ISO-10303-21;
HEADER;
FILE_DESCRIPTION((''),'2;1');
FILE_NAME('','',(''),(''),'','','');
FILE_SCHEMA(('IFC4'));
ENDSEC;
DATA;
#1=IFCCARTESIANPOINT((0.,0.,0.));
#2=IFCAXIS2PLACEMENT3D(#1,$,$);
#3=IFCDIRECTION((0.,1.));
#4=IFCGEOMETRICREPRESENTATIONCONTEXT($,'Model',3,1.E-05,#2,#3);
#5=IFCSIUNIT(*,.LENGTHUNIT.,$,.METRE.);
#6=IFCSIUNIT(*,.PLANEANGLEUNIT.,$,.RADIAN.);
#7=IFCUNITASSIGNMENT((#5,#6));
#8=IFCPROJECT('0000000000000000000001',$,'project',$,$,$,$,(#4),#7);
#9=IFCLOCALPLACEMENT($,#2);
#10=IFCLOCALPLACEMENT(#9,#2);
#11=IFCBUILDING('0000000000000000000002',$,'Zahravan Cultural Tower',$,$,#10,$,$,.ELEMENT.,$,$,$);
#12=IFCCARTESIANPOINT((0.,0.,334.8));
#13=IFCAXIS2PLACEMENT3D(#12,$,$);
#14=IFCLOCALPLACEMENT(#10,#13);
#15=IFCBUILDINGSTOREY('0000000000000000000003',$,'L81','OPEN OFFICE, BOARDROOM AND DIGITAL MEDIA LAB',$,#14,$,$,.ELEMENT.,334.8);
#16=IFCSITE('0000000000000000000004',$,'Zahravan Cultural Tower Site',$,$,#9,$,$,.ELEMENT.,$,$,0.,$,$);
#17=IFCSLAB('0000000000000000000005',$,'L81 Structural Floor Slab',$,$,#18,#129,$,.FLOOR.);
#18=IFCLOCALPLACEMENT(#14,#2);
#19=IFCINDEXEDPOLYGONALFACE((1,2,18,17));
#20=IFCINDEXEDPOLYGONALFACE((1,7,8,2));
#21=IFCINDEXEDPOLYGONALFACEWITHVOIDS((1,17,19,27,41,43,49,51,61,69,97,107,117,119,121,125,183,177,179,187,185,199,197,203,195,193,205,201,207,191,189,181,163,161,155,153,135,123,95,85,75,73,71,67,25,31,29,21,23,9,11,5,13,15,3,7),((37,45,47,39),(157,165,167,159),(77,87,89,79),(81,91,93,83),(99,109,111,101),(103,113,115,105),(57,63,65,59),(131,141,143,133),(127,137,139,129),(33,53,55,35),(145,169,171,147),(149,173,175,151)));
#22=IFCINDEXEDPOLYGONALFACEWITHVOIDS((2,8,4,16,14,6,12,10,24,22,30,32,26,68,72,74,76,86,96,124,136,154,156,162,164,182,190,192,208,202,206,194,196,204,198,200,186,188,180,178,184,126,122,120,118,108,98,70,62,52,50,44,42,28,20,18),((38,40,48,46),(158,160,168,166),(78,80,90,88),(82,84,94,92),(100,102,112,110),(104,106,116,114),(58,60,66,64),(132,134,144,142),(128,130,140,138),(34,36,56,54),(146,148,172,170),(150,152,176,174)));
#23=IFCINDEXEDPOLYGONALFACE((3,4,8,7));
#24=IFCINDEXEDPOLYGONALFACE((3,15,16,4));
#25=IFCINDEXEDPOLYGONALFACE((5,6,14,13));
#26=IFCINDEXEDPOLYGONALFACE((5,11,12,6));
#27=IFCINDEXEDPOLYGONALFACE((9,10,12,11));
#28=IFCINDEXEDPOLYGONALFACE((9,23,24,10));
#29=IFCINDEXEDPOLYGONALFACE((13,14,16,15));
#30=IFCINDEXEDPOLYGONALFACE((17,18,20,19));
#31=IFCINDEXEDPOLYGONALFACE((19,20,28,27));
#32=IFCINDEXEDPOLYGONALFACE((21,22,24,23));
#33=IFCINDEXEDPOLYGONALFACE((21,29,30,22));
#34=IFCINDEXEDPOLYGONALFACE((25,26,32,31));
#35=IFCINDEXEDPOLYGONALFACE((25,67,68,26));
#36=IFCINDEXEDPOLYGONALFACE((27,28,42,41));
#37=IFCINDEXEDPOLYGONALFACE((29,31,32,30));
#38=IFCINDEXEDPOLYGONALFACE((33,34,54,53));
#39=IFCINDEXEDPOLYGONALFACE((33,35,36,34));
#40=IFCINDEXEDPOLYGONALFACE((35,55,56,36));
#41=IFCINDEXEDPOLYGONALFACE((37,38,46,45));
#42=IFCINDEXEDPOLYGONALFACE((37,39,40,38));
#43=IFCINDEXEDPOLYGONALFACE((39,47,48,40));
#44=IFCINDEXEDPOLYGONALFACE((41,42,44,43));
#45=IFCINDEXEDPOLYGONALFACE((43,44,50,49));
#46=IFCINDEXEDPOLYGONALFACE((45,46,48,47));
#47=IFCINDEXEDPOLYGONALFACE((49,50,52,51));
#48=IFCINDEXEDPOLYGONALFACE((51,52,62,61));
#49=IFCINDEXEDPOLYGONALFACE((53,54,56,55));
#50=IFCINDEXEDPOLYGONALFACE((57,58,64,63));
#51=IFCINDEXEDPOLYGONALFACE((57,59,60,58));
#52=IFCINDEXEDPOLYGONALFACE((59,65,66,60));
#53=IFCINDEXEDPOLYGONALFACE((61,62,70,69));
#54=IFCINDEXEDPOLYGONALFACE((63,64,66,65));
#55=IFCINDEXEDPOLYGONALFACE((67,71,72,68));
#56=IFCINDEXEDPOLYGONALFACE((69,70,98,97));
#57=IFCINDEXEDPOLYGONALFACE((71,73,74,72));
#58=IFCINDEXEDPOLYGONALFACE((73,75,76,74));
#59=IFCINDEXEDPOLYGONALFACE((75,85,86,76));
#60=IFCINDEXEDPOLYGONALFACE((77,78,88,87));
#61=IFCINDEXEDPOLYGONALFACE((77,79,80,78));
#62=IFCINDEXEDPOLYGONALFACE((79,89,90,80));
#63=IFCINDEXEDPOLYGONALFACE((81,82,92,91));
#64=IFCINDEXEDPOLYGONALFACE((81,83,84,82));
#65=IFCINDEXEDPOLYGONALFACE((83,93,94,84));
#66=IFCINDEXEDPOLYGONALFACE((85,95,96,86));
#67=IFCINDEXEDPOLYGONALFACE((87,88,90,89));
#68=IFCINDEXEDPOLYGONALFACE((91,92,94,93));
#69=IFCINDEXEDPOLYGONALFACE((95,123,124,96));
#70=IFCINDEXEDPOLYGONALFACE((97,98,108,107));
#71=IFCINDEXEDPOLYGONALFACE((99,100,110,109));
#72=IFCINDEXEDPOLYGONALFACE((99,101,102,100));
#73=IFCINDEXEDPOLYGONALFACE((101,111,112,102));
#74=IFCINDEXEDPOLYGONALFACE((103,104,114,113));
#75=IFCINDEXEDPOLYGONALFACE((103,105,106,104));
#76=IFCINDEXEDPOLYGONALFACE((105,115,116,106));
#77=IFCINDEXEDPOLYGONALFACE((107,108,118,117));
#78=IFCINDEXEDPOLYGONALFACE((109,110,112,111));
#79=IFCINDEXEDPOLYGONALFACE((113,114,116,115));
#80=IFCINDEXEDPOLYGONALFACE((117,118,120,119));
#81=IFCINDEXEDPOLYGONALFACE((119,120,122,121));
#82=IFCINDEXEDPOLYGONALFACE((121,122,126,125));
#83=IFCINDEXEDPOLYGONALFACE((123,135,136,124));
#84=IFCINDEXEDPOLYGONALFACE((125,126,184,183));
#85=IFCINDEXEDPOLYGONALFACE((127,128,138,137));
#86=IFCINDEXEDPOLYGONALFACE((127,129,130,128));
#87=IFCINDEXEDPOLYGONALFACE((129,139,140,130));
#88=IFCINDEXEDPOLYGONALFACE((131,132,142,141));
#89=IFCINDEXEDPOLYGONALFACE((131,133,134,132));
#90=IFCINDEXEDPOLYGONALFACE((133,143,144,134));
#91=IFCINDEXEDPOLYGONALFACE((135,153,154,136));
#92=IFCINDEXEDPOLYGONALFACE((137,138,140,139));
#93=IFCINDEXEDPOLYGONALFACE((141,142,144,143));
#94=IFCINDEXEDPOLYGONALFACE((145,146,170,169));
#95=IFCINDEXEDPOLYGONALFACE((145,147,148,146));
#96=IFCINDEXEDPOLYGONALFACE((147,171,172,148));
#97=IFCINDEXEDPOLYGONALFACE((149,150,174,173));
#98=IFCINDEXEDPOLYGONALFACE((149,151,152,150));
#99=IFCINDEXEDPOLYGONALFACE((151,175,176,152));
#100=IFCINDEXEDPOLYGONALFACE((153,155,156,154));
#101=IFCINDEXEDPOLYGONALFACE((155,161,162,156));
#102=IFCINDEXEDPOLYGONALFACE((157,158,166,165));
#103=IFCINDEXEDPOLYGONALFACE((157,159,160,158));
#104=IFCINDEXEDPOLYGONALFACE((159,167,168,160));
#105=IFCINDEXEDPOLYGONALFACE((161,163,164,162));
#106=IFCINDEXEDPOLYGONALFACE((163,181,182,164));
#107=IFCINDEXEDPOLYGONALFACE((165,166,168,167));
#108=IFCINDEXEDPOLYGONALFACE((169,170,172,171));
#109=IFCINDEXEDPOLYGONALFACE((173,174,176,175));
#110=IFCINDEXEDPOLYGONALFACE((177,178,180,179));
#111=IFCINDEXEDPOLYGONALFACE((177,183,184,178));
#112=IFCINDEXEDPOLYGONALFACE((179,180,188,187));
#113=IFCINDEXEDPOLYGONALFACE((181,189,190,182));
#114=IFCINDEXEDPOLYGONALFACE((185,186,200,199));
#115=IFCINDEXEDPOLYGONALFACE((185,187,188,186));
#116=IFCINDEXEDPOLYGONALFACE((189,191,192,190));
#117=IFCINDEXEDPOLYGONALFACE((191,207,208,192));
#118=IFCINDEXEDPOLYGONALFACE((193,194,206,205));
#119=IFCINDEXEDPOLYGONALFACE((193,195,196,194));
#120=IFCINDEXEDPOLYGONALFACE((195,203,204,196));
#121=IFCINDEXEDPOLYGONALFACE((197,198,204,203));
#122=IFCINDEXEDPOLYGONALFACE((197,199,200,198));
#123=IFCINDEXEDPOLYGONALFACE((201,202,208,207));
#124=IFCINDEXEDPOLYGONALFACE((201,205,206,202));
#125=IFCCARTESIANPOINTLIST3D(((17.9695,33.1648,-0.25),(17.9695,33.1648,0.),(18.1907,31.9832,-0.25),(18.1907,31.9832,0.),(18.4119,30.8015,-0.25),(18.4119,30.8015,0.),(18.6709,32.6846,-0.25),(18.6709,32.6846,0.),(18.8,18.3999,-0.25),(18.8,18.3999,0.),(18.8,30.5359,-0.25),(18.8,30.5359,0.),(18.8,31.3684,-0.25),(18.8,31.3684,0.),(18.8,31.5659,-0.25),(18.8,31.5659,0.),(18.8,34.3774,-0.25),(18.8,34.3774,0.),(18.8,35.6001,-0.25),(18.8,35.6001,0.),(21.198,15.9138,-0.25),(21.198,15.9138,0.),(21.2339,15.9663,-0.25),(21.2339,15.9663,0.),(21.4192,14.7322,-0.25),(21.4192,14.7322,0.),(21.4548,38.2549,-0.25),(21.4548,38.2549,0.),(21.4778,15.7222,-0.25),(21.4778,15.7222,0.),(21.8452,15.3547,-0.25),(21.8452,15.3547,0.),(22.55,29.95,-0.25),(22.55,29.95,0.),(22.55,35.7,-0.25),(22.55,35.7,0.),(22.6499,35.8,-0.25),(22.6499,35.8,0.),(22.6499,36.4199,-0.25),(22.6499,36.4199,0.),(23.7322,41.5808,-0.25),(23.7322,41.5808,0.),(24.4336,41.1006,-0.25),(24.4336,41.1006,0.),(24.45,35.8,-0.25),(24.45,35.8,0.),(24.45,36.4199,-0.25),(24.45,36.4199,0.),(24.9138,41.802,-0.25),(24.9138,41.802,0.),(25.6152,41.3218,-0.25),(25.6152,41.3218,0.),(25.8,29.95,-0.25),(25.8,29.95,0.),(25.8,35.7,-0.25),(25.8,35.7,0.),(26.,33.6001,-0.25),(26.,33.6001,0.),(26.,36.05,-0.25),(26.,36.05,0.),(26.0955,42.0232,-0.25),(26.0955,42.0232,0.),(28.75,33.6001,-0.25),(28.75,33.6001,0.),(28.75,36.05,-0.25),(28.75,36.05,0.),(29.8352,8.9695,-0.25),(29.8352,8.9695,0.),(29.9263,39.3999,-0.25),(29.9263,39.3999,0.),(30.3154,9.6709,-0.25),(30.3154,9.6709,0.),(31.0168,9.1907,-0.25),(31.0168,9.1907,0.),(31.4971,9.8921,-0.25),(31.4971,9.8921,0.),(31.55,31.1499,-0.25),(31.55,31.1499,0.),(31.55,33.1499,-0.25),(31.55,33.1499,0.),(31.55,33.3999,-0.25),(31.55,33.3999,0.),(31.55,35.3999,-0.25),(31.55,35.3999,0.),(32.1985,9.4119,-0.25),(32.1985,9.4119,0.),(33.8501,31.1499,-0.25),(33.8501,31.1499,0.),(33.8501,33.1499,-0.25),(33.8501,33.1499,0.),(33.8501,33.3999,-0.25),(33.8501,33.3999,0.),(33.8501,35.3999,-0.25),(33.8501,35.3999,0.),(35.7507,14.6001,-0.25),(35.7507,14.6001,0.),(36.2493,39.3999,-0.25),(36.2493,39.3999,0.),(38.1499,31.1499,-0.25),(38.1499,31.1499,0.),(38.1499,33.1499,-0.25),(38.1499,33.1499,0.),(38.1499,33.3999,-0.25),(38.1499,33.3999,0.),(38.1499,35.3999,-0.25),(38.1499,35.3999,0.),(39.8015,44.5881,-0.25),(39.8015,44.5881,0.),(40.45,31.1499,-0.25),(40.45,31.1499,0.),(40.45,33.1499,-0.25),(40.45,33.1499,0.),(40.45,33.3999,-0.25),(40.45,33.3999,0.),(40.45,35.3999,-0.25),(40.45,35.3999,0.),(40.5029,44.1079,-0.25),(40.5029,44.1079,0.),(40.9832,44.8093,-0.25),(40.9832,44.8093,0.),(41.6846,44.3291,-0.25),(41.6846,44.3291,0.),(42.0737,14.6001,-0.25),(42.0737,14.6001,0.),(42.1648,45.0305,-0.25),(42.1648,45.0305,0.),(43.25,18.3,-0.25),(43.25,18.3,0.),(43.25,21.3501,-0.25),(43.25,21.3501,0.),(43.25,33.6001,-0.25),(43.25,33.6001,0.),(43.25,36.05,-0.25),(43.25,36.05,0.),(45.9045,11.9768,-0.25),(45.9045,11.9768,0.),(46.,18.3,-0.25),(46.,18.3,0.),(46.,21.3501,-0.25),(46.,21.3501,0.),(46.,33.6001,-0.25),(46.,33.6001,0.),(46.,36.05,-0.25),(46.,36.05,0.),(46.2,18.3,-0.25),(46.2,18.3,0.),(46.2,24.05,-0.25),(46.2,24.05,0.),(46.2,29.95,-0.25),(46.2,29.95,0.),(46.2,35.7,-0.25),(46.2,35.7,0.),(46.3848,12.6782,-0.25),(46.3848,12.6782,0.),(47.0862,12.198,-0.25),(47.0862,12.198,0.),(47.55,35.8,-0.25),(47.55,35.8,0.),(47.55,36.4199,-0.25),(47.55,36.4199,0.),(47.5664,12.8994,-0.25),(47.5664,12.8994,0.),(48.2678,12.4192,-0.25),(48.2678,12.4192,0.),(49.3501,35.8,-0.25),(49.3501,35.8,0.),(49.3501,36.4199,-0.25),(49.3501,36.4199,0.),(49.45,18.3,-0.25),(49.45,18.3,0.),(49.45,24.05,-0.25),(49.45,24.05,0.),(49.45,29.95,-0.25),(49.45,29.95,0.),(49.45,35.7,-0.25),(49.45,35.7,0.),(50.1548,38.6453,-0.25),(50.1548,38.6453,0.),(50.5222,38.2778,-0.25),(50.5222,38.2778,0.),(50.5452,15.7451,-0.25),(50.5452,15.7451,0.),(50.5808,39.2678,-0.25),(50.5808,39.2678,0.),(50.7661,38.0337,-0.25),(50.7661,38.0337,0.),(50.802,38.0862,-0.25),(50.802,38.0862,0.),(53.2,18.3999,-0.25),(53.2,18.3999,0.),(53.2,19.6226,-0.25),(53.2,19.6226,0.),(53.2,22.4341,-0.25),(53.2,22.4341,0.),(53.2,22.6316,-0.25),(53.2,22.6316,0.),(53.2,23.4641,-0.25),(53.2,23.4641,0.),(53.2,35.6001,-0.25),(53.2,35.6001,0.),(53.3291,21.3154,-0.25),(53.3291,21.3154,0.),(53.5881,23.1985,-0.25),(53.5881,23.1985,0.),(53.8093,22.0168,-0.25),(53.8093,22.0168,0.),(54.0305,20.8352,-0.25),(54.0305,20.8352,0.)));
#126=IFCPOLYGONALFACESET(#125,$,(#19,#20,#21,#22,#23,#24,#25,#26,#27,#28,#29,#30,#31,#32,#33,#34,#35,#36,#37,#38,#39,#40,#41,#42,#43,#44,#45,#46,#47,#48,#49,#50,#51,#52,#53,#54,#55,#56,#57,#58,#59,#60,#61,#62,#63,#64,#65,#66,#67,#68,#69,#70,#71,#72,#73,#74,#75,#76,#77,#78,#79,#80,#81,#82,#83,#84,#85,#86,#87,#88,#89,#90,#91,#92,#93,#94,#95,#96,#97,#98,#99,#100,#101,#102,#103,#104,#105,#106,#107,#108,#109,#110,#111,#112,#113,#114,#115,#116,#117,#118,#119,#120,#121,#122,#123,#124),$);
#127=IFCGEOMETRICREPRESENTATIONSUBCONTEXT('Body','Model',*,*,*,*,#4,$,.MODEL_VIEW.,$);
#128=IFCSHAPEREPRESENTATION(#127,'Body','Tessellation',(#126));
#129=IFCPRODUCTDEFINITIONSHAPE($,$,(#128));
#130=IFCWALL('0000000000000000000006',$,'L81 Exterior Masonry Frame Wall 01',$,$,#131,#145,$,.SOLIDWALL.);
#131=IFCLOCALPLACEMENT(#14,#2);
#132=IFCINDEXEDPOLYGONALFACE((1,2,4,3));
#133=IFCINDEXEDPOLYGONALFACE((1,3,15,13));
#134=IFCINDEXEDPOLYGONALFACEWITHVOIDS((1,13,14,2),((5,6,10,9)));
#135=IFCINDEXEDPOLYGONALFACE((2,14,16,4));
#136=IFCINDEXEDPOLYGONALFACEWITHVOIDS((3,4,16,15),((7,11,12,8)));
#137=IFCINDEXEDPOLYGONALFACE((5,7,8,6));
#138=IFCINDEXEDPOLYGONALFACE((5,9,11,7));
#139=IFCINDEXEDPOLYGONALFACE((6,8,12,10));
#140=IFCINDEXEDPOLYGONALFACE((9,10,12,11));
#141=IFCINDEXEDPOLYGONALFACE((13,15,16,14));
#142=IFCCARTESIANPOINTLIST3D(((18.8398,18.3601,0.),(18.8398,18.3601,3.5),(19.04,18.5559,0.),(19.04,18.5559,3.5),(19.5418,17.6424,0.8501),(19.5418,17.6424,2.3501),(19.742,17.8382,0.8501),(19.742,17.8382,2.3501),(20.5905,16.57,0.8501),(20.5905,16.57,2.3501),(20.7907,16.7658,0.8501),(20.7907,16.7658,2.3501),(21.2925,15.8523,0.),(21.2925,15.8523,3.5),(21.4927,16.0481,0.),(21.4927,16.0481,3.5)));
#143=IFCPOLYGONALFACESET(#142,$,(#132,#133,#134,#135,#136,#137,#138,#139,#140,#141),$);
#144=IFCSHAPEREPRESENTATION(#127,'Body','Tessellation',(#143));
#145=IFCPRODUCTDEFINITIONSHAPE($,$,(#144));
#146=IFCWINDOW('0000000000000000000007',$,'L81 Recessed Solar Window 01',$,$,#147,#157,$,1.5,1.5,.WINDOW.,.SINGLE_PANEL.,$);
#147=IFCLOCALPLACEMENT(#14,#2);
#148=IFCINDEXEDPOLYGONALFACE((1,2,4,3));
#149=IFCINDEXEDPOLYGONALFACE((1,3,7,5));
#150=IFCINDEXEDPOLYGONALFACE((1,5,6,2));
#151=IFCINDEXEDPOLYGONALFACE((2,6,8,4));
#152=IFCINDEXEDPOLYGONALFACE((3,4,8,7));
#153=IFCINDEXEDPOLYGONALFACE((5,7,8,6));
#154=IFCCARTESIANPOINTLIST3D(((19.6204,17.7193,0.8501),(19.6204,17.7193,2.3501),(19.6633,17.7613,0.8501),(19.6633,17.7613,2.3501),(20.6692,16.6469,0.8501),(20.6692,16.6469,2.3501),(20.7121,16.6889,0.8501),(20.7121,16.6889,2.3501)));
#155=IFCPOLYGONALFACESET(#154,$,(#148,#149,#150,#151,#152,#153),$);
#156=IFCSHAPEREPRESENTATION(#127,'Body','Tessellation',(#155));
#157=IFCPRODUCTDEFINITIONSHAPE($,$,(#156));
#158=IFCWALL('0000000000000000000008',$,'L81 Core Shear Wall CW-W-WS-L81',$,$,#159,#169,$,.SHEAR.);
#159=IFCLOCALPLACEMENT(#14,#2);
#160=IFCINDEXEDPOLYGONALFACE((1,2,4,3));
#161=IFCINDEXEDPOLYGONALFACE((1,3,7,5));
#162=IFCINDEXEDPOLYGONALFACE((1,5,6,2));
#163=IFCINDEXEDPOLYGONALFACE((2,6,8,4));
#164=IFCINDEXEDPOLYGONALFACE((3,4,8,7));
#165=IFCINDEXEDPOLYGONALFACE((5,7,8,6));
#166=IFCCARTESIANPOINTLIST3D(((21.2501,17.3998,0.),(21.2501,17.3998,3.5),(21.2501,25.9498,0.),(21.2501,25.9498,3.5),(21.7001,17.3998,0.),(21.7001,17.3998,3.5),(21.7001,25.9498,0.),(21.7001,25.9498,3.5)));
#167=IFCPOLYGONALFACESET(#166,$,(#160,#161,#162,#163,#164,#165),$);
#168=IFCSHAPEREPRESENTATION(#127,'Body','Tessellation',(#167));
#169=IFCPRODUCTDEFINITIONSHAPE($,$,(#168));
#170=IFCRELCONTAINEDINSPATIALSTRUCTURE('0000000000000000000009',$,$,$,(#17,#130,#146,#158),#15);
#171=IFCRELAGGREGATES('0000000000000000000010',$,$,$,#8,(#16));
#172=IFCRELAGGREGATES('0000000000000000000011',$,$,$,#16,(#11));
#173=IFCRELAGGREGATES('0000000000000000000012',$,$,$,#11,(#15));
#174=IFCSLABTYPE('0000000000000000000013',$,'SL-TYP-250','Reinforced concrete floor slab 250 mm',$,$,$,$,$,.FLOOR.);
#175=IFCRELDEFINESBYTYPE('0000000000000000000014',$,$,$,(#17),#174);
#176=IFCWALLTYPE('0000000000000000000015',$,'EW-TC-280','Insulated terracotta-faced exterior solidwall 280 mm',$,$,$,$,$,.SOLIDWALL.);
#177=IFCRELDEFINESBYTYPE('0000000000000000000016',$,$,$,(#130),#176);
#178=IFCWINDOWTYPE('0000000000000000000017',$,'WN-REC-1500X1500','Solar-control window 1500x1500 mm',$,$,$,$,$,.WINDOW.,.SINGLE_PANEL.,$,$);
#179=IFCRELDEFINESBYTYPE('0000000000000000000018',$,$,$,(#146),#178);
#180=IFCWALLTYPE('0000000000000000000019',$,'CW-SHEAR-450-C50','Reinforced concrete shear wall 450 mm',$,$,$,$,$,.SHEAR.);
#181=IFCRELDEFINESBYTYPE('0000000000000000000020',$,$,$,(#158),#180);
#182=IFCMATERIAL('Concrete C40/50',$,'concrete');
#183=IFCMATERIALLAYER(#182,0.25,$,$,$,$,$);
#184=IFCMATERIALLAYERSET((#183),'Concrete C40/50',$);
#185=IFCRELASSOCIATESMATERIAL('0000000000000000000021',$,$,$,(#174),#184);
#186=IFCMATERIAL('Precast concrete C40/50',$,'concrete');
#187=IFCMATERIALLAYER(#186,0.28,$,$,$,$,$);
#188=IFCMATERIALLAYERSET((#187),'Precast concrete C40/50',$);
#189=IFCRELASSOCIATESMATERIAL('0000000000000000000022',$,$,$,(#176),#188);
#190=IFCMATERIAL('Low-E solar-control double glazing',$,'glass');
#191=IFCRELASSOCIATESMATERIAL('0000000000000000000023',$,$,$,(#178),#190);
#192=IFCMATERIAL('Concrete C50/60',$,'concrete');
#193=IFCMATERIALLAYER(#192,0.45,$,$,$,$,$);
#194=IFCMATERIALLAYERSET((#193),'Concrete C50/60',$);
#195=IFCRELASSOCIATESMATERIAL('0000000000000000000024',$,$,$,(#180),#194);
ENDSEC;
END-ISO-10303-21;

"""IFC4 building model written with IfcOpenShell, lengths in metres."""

from ifc_helpers import new_model, si_unit, direction, frame, frame_2d, origin, place, context, subcontext, project, spatial, polyline, rectangle, outline, extrude, source, transform, mapped, material, layer, layer_set, type_object, element, fill, save


model = new_model("IFC4")

# Units and contexts
model_context = context("Model", 3, precision=1e-05, world=origin(), true_north=direction((0.0, 1.0)))
body_context = subcontext(model_context, "Body", "Model", "MODEL_VIEW")
ifc_project = project(units=[si_unit("LENGTHUNIT", "METRE"), si_unit("PLANEANGLEUNIT", "RADIAN")], contexts=[model_context])

# Site, building, storey
site_placement = place(None, origin())
site = spatial("IfcSite", under=ifc_project, at=site_placement, Name="Zahravan Cultural Tower Site", CompositionType="ELEMENT", RefElevation=0.0)
building_placement = place(site_placement, origin())
building = spatial("IfcBuilding", under=site, at=building_placement, Name="Zahravan Cultural Tower", CompositionType="ELEMENT")
storey_placement = place(building_placement, frame((0.0, 0.0, 334.8)))
storey = spatial("IfcBuildingStorey", under=building, at=storey_placement, Name="L81", Description="OPEN OFFICE, BOARDROOM AND DIGITAL MEDIA LAB", CompositionType="ELEMENT", Elevation=334.8)

# Shared definitions
ifc_material_1 = material(Name="Concrete C50/60", Category="concrete")

# Slab
ifc_material_2 = material(Name="Concrete C40/50", Category="concrete")
ifc_layer_1 = layer(ifc_material_2, 0.25)
ifc_layer_set_1 = layer_set([ifc_layer_1], Name="Concrete C40/50")
slab_type_1 = type_object("IfcSlabType", Name="SL-TYP-250", Description="Reinforced concrete floor slab 250 mm", PredefinedType="FLOOR", material=ifc_layer_set_1)
slab_1_placement = place(storey_placement, frame((0.0, 0.0, -0.25)))
element("IfcSlab", 1, at=slab_1_placement, inside=storey, type_object=slab_type_1, Name="L81 Structural Floor Slab", PredefinedType="FLOOR", context=body_context, shape_type="SweptSolid", body=[
    extrude(outline(polyline([(50.5222, 38.2778), (50.1548, 38.6453), (50.5808, 39.2678), (42.1648, 45.0305), (41.6846, 44.3291), (40.9832, 44.8093), (40.5029, 44.1079), (39.8015, 44.5881), (36.2493, 39.3999), (29.9263, 39.3999), (26.0955, 42.0232), (25.6152, 41.3218), (24.9138, 41.802), (24.4336, 41.1006), (23.7322, 41.5808), (21.4548, 38.2549), (18.8, 35.6001), (18.8, 34.3774), (17.9695, 33.1648), (18.6709, 32.6846), (18.1907, 31.9832), (18.8, 31.5659), (18.8, 31.3684), (18.4119, 30.8015), (18.8, 30.5359), (18.8, 18.3999), (21.2339, 15.9663), (21.198, 15.9138), (21.4778, 15.7222), (21.8452, 15.3547), (21.4192, 14.7322), (29.8352, 8.9695), (30.3154, 9.6709), (31.0168, 9.1907), (31.4971, 9.8921), (32.1985, 9.4119), (35.7507, 14.6001), (42.0737, 14.6001), (45.9045, 11.9768), (46.3848, 12.6782), (47.0862, 12.198), (47.5664, 12.8994), (48.2678, 12.4192), (50.5452, 15.7451), (53.2, 18.3999), (53.2, 19.6226), (54.0305, 20.8352), (53.3291, 21.3154), (53.8093, 22.0168), (53.2, 22.4341), (53.2, 22.6316), (53.5881, 23.1985), (53.2, 23.4641), (53.2, 35.6001), (50.7661, 38.0337), (50.802, 38.0862), (50.5222, 38.2778)]), holes=[polyline([(22.55, 29.95), (22.55, 35.7), (25.8, 35.7), (25.8, 29.95), (22.55, 29.95)]), polyline([(46.2, 29.95), (46.2, 35.7), (49.45, 35.7), (49.45, 29.95), (46.2, 29.95)]), polyline([(46.2, 18.3), (46.2, 24.05), (49.45, 24.05), (49.45, 18.3), (46.2, 18.3)]), polyline([(26.0, 33.6001), (26.0, 36.05), (28.75, 36.05), (28.75, 33.6001), (26.0, 33.6001)]), polyline([(43.25, 33.6001), (43.25, 36.05), (46.0, 36.05), (46.0, 33.6001), (43.25, 33.6001)]), polyline([(43.25, 18.3), (43.25, 21.3501), (46.0, 21.3501), (46.0, 18.3), (43.25, 18.3)]), polyline([(31.55, 33.3999), (31.55, 35.3999), (33.8501, 35.3999), (33.8501, 33.3999), (31.55, 33.3999)]), polyline([(31.55, 31.1499), (31.55, 33.1499), (33.8501, 33.1499), (33.8501, 31.1499), (31.55, 31.1499)]), polyline([(38.1499, 33.3999), (38.1499, 35.3999), (40.45, 35.3999), (40.45, 33.3999), (38.1499, 33.3999)]), polyline([(38.1499, 31.1499), (38.1499, 33.1499), (40.45, 33.1499), (40.45, 31.1499), (38.1499, 31.1499)]), polyline([(22.6499, 35.8), (22.6499, 36.4199), (24.45, 36.4199), (24.45, 35.8), (22.6499, 35.8)]), polyline([(47.55, 35.8), (47.55, 36.4199), (49.3501, 36.4199), (49.3501, 35.8), (47.55, 35.8)])]), origin(), (0.0, 0.0, 1.0), 0.25),
])

# Wall, opening, window
ifc_material_3 = material(Name="Precast concrete C40/50", Category="concrete")
ifc_layer_2 = layer(ifc_material_3, 0.28)
ifc_layer_set_2 = layer_set([ifc_layer_2], Name="Precast concrete C40/50")
wall_type_1 = type_object("IfcWallType", Name="EW-TC-280", Description="Insulated terracotta-faced exterior solidwall 280 mm", PredefinedType="SOLIDWALL", material=ifc_layer_set_2)
wall_1_placement = place(storey_placement, frame((21.3926, 15.9502, 0.0), z_axis=(0.0, 0.0, 1.0), x_axis=(-0.699198, 0.714928, 0.0)))
wall_1 = element("IfcWall", 2, at=wall_1_placement, inside=storey, type_object=wall_type_1, Name="L81 Exterior Masonry Frame Wall 01", PredefinedType="SOLIDWALL", context=body_context, shape_type="SweptSolid", body=[
    extrude(rectangle(XDim=3.5078, YDim=0.28, at=frame_2d((1.7539, 0.0))), origin(), (0.0, 0.0, 1.0), 3.5),
])
opening_placement = place(wall_1_placement, frame((1.0039, 0.0, 0.8501)))
opening = element("IfcOpeningElement", 3, at=opening_placement, cuts=wall_1, PredefinedType="OPENING", context=body_context, shape_type="SweptSolid", body=[
    extrude(rectangle(XDim=1.5, YDim=1.5, at=frame_2d((0.75, 0.75))), frame((0.0, 0.1499, 0.0), z_axis=(0.0, -1.0, 0.0), x_axis=(1.0, 0.0, 0.0)), (0.0, 0.0, 1.0), 0.3),
])
ifc_material_4 = material(Name="Low-E solar-control double glazing", Category="glass")
window_type = type_object("IfcWindowType", Name="WN-REC-1500X1500", Description="Solar-control window 1500x1500 mm", PartitioningType="SINGLE_PANEL", PredefinedType="WINDOW", material=ifc_material_4)
shared_shape_1 = source(origin(), body_context, "Body", "SweptSolid", [
    extrude(rectangle(XDim=1.5, YDim=1.5, at=frame_2d((0.75, 0.75))), frame((0.0, 0.03, 0.0), z_axis=(0.0, -1.0, 0.0), x_axis=(1.0, 0.0, 0.0)), (0.0, 0.0, 1.0), 0.0601),
])
window_placement = place(opening_placement, origin())
window = element("IfcWindow", 4, at=window_placement, inside=storey, type_object=window_type, Name="L81 Recessed Solar Window 01", OverallHeight=1.5, OverallWidth=1.5, PartitioningType="SINGLE_PANEL", PredefinedType="WINDOW", context=body_context, shape_type="MappedRepresentation", body=[
    mapped(shared_shape_1, transform((0.0, 0.0, 0.0), x_axis=(1.0, 0.0, 0.0), y_axis=(0.0, 1.0, 0.0), z_axis=(0.0, 0.0, 1.0), scale=1.0)),
])
fill(opening, window)

# Wall
ifc_layer_3 = layer(ifc_material_1, 0.45)
ifc_layer_set_3 = layer_set([ifc_layer_3], Name="Concrete C50/60")
wall_type_2 = type_object("IfcWallType", Name="CW-SHEAR-450-C50", Description="Reinforced concrete shear wall 450 mm", PredefinedType="SHEAR", material=ifc_layer_set_3)
shared_shape_2 = source(origin(), body_context, "Body", "SweptSolid", [
    extrude(rectangle(XDim=8.55, YDim=0.45, at=frame_2d((4.2749, 0.0))), origin(), (0.0, 0.0, 1.0), 3.5),
])
wall_2_placement = place(storey_placement, frame((21.4751, 17.3999, 0.0), z_axis=(0.0, 0.0, 1.0), x_axis=(0.0, 1.0, 0.0)))
element("IfcWall", 5, at=wall_2_placement, inside=storey, type_object=wall_type_2, Name="L81 Core Shear Wall CW-W-WS-L81", PredefinedType="SHEAR", context=body_context, shape_type="MappedRepresentation", body=[
    mapped(shared_shape_2, transform((0.0, 0.0, 0.0), x_axis=(1.0, 0.0, 0.0), y_axis=(0.0, 1.0, 0.0), z_axis=(0.0, 0.0, 1.0), scale=1.0)),
])

save(model, "model.ifc")
